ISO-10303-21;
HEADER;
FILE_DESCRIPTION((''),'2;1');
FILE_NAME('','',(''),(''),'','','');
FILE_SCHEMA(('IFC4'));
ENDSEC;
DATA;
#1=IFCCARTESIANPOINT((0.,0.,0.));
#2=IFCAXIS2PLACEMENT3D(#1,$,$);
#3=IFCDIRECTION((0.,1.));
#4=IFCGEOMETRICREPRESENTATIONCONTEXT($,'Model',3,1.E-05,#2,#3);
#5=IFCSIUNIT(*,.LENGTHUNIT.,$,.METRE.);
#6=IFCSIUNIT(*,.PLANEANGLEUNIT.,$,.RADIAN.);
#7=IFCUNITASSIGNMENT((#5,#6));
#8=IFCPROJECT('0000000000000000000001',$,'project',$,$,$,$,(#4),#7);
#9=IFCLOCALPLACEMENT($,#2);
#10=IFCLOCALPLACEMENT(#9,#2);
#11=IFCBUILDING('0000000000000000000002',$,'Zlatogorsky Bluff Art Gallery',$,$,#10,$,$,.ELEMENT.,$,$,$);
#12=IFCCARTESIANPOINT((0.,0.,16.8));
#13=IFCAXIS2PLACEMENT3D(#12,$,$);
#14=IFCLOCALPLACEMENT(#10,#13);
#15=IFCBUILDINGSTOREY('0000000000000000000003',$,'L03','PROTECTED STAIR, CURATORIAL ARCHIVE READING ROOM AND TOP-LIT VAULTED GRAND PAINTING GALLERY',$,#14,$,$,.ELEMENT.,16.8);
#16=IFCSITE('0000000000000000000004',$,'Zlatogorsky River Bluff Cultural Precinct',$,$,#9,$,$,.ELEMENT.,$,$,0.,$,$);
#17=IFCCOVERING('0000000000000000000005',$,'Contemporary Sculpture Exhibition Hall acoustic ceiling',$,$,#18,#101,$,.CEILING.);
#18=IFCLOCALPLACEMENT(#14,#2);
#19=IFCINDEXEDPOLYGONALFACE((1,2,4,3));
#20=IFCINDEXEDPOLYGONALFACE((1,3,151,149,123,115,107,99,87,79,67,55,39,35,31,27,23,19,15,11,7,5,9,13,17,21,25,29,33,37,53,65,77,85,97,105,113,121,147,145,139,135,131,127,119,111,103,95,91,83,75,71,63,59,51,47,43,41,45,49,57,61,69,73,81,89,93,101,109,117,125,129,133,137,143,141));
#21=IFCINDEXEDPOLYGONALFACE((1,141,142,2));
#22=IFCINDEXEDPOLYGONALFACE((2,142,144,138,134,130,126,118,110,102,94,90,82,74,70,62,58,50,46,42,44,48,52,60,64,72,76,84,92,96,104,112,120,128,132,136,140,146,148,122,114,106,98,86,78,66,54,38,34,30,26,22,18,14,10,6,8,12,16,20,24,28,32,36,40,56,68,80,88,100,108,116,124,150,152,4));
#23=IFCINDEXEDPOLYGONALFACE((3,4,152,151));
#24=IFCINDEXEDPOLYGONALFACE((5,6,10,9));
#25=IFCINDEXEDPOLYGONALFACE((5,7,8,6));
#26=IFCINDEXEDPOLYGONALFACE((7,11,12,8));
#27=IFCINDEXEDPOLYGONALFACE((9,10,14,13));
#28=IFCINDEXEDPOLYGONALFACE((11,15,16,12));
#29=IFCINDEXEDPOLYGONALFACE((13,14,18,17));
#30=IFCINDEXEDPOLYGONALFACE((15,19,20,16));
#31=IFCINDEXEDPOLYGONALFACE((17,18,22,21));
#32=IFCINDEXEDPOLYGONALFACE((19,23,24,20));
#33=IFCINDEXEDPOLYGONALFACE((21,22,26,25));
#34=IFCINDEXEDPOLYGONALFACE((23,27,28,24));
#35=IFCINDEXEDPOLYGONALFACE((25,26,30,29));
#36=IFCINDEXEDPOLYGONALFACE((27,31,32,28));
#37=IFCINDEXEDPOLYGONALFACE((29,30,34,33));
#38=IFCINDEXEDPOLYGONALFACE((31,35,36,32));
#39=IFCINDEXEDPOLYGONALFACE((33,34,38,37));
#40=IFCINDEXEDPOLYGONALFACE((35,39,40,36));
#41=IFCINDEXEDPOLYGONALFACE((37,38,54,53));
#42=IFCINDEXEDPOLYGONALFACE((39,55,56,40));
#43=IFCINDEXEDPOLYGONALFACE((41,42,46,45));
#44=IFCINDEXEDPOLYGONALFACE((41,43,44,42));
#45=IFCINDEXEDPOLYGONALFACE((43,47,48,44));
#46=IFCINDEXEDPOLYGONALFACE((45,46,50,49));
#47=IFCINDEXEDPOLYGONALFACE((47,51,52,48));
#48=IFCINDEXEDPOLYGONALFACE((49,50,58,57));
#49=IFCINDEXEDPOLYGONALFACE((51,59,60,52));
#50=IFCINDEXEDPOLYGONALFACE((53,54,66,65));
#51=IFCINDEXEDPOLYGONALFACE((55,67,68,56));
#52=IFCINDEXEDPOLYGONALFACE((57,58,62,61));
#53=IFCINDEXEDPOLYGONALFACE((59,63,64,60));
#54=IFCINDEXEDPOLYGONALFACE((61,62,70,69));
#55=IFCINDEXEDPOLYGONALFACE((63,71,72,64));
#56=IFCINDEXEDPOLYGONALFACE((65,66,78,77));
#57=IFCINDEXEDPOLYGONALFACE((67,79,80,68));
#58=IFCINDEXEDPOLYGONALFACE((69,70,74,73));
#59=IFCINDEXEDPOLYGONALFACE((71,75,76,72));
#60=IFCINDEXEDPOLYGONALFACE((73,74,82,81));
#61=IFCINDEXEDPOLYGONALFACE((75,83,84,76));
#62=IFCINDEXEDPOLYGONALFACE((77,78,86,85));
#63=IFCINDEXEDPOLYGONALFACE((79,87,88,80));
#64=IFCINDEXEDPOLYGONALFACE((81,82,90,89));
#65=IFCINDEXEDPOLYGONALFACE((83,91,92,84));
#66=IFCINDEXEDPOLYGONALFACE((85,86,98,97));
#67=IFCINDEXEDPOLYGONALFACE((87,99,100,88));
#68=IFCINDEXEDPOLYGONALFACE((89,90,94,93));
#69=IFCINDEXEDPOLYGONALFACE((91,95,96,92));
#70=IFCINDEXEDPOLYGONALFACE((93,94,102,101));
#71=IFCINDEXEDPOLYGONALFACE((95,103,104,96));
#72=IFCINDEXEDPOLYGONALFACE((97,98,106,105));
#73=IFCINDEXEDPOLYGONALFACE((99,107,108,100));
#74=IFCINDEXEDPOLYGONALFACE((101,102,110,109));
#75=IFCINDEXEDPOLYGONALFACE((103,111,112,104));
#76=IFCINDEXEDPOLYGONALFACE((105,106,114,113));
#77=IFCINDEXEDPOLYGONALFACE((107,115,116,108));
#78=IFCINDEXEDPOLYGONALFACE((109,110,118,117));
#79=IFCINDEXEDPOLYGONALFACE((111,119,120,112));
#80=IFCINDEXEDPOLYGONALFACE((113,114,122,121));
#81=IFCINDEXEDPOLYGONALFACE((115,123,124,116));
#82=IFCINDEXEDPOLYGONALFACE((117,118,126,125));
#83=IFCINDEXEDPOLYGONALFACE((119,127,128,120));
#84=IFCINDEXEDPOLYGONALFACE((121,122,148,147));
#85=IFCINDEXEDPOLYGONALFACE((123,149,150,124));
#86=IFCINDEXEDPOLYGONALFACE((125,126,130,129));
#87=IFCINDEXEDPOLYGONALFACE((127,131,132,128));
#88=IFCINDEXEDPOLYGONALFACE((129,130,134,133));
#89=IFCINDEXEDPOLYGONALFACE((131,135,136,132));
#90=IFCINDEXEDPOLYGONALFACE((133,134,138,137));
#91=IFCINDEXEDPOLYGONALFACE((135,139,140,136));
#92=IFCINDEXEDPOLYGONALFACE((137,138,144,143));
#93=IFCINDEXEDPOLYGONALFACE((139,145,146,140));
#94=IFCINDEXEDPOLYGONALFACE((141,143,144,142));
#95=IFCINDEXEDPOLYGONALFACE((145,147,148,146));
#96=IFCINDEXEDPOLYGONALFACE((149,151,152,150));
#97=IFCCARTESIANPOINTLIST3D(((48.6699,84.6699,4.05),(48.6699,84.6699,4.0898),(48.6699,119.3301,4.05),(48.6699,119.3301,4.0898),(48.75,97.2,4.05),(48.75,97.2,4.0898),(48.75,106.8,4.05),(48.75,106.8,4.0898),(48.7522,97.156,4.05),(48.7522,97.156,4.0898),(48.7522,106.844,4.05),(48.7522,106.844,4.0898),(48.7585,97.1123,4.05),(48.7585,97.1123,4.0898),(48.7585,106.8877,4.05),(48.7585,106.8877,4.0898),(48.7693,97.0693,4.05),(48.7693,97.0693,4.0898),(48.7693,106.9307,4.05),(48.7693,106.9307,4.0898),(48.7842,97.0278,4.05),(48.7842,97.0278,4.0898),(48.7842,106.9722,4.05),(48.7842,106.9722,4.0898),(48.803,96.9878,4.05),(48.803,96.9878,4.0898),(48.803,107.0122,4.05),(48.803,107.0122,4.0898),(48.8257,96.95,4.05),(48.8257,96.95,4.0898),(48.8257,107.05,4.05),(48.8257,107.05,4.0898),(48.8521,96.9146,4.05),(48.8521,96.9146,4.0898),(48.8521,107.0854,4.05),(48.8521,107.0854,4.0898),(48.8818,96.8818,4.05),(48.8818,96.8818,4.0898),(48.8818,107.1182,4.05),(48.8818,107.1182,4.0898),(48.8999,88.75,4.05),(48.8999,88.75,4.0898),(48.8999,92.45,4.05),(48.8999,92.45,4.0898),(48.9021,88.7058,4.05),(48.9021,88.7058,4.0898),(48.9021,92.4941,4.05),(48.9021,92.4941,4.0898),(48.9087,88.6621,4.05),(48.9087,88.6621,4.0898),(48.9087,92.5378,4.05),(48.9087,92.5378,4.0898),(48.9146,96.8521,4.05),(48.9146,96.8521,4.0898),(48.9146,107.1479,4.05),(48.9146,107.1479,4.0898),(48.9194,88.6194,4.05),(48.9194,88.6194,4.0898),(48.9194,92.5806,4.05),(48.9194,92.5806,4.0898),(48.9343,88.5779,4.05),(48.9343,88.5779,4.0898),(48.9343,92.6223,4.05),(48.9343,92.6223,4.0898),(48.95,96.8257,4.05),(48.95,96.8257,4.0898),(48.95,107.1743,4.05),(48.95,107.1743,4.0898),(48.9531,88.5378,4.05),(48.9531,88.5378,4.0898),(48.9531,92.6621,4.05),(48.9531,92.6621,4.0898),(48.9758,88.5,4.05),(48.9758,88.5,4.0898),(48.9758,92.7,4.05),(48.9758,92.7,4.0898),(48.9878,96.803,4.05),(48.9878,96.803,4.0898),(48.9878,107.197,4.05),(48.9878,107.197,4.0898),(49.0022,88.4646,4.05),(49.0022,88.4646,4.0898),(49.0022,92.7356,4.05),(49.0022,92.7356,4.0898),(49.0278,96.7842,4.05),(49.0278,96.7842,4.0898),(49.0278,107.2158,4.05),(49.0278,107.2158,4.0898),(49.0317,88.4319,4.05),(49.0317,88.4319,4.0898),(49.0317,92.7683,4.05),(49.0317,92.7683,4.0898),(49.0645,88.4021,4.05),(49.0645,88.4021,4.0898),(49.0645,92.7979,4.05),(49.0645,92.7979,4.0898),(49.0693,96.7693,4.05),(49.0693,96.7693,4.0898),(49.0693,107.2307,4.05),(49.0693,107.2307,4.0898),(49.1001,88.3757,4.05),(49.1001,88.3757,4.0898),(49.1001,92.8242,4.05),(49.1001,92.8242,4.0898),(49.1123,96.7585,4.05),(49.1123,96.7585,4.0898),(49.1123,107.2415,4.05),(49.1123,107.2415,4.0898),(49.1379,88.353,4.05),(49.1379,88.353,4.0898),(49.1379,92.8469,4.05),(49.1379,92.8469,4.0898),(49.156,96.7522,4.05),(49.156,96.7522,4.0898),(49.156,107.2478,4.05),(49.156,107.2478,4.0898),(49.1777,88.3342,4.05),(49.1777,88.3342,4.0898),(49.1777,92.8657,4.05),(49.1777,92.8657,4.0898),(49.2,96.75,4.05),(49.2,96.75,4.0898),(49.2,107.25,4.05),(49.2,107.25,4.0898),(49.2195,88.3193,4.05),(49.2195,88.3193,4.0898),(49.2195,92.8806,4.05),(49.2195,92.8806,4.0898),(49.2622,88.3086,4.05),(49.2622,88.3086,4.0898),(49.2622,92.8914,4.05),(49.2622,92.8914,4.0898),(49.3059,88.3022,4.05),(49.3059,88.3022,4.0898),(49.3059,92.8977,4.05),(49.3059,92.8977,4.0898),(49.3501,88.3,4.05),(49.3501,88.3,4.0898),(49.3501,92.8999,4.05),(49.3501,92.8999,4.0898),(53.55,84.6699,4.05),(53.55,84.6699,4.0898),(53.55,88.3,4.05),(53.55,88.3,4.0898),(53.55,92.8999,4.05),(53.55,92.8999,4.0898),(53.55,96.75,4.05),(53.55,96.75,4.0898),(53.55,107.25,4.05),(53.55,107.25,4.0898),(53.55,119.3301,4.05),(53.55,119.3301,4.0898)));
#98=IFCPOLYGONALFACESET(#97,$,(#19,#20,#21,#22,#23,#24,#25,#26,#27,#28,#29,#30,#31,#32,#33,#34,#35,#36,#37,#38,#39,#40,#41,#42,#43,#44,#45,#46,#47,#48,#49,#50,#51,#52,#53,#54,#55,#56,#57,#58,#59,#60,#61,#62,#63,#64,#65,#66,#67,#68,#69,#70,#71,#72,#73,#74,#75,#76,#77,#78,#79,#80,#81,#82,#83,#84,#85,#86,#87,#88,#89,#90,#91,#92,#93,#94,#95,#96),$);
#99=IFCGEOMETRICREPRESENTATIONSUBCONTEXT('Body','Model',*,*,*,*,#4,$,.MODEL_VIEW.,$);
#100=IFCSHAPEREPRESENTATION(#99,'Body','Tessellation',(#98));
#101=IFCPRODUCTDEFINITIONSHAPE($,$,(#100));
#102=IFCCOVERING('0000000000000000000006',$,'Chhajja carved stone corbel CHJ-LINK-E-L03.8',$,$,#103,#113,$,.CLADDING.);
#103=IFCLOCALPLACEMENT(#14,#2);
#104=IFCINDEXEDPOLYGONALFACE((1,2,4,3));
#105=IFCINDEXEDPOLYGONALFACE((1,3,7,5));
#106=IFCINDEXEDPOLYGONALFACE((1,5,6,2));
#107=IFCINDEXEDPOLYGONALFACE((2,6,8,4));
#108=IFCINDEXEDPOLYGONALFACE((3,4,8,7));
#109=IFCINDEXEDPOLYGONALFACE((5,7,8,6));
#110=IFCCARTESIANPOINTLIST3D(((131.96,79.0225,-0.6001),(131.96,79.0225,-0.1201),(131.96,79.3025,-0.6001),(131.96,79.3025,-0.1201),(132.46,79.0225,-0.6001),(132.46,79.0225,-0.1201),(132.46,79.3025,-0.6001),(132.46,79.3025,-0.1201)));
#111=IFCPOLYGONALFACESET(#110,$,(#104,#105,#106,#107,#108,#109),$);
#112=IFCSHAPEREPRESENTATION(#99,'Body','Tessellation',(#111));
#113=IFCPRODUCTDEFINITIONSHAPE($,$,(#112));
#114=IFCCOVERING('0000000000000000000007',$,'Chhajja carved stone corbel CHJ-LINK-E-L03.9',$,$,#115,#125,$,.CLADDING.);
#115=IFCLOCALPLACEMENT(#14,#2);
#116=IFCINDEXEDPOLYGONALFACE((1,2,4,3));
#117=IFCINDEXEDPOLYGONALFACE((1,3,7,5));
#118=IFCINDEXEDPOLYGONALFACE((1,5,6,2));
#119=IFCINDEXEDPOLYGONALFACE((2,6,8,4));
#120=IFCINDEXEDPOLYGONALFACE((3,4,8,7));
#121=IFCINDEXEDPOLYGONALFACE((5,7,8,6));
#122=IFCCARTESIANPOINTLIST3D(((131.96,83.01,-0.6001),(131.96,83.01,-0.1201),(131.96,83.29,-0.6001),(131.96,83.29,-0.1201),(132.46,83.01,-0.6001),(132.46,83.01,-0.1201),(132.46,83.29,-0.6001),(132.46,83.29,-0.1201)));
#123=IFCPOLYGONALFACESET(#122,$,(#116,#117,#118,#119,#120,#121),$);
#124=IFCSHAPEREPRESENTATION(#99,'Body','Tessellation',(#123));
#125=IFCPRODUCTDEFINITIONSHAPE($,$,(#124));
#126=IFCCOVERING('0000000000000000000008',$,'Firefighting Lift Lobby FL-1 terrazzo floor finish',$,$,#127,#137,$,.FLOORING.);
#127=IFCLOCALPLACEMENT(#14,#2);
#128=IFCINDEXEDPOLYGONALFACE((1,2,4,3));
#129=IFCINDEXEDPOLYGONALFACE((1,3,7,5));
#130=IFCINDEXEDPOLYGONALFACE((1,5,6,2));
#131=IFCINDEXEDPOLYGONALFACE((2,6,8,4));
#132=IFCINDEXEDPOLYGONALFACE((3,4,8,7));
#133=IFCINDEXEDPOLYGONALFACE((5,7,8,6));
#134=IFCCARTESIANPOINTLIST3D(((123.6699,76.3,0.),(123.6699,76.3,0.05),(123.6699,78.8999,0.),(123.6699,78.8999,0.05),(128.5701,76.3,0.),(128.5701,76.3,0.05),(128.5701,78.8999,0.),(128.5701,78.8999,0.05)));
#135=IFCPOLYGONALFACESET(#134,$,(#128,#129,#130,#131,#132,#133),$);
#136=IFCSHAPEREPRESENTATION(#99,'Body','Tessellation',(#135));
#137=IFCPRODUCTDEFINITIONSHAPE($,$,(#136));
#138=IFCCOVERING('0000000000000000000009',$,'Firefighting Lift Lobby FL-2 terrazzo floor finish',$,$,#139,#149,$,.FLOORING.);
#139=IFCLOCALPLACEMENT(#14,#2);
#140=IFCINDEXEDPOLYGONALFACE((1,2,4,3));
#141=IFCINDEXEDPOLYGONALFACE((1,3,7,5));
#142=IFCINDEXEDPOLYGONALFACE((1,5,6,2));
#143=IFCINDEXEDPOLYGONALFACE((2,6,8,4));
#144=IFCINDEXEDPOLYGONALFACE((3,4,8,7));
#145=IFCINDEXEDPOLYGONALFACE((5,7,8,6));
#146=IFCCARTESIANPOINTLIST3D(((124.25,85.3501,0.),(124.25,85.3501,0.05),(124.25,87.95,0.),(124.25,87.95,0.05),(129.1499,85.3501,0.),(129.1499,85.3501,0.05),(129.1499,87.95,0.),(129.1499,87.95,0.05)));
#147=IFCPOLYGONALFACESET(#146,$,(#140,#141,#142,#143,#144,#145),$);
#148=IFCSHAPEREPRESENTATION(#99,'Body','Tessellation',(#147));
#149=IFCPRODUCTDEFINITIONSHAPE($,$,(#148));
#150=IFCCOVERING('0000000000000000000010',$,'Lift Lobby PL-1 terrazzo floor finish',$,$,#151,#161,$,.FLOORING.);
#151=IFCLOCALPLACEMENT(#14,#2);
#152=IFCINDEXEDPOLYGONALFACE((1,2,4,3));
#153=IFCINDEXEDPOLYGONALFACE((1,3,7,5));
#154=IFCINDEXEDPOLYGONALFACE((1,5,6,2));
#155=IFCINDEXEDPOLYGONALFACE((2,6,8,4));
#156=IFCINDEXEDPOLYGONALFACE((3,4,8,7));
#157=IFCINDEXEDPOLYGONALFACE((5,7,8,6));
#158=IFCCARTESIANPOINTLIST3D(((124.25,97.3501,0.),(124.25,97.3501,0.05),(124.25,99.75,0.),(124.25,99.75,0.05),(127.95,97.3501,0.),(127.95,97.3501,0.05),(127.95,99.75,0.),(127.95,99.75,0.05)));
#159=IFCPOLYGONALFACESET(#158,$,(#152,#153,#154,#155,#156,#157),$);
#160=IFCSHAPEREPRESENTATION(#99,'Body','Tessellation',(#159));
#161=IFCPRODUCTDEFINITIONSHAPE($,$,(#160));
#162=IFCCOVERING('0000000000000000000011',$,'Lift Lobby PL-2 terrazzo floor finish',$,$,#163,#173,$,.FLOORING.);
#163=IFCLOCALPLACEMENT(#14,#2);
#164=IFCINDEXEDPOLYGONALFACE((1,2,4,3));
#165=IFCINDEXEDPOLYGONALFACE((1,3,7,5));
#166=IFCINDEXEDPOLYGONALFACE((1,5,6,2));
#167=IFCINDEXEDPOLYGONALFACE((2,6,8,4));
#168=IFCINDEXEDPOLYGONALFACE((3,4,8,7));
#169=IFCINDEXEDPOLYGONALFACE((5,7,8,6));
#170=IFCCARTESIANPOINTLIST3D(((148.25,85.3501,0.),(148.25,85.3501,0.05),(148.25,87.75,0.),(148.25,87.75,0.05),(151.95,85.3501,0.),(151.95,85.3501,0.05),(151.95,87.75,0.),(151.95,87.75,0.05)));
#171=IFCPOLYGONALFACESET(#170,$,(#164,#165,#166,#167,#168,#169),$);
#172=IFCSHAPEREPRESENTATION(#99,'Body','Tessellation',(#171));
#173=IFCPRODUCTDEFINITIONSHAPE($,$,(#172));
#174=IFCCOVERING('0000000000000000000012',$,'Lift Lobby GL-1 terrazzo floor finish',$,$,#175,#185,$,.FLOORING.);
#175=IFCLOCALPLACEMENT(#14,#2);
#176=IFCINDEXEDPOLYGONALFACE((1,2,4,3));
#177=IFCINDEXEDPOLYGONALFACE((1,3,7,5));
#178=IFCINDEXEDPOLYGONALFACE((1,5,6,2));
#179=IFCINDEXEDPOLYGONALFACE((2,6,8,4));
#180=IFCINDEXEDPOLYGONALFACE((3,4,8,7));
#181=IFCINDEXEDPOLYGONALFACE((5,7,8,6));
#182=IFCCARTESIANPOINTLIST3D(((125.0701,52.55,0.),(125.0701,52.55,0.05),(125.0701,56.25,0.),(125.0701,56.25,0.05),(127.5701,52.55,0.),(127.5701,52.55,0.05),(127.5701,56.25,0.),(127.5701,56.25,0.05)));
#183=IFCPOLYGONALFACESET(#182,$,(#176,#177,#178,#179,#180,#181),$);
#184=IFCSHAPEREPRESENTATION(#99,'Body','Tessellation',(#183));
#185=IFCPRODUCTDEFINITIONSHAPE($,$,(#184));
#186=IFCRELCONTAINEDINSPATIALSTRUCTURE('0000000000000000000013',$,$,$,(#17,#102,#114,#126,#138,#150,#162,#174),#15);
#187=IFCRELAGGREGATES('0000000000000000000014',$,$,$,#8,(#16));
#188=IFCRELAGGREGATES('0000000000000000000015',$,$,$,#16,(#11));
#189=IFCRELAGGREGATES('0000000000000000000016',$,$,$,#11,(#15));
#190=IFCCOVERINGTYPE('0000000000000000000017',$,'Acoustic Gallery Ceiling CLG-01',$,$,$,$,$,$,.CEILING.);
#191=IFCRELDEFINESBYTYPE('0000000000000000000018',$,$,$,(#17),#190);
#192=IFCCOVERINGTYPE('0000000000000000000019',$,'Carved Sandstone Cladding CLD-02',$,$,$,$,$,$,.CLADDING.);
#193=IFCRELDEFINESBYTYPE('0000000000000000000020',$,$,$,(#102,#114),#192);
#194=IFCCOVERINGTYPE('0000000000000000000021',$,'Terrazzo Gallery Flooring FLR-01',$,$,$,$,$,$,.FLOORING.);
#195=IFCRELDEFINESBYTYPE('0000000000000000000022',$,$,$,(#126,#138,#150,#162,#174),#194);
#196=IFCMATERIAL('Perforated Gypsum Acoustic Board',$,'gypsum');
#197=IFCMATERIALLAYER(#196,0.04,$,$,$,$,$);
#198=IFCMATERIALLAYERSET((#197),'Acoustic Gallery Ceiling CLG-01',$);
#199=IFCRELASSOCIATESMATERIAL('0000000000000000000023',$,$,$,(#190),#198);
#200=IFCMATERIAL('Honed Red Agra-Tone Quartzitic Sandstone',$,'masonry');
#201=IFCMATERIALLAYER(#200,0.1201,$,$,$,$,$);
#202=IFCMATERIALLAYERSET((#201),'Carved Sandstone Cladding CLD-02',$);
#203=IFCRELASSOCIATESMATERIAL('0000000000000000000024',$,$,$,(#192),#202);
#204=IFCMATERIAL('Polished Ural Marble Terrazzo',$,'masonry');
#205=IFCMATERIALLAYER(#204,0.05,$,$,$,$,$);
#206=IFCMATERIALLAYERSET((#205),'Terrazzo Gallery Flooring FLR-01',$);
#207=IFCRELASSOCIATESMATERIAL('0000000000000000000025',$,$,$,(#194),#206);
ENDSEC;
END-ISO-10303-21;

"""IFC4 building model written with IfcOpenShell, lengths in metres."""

from ifc_helpers import new_model, si_unit, direction, frame, origin, place, context, subcontext, project, spatial, polyline, outline, extrude, material, layer, layer_set, type_object, element, save


model = new_model("IFC4")

# Units and contexts
model_context = context("Model", 3, precision=1e-05, world=origin(), true_north=direction((0.0, 1.0)))
body_context = subcontext(model_context, "Body", "Model", "MODEL_VIEW")
ifc_project = project(units=[si_unit("LENGTHUNIT", "METRE"), si_unit("PLANEANGLEUNIT", "RADIAN")], contexts=[model_context])

# Site, building, storey
site_placement = place(None, origin())
site = spatial("IfcSite", under=ifc_project, at=site_placement, Name="Zlatogorsky River Bluff Cultural Precinct", CompositionType="ELEMENT", RefElevation=0.0)
building_placement = place(site_placement, origin())
building = spatial("IfcBuilding", under=site, at=building_placement, Name="Zlatogorsky Bluff Art Gallery", CompositionType="ELEMENT")
storey_placement = place(building_placement, frame((0.0, 0.0, 16.8)))
storey = spatial("IfcBuildingStorey", under=building, at=storey_placement, Name="L03", Description="PROTECTED STAIR, CURATORIAL ARCHIVE READING ROOM AND TOP-LIT VAULTED GRAND PAINTING GALLERY", CompositionType="ELEMENT", Elevation=16.8)

# Coverings
ifc_material_1 = material(Name="Perforated Gypsum Acoustic Board", Category="gypsum")
ifc_layer_1 = layer(ifc_material_1, 0.04)
ifc_layer_set_1 = layer_set([ifc_layer_1], Name="Acoustic Gallery Ceiling CLG-01")
covering_type_1 = type_object("IfcCoveringType", Name="Acoustic Gallery Ceiling CLG-01", PredefinedType="CEILING", material=ifc_layer_set_1)
covering_1_placement = place(storey_placement, frame((0.0, 0.0, 4.05)))
element("IfcCovering", 1, at=covering_1_placement, inside=storey, type_object=covering_type_1, Name="Contemporary Sculpture Exhibition Hall acoustic ceiling", PredefinedType="CEILING", context=body_context, shape_type="SweptSolid", body=[
    extrude(outline(polyline([(53.55, 107.25), (49.2, 107.25), (49.156, 107.2478), (49.1123, 107.2415), (49.0693, 107.2307), (49.0278, 107.2158), (48.9878, 107.197), (48.95, 107.1743), (48.9146, 107.1479), (48.8818, 107.1182), (48.8521, 107.0854), (48.8257, 107.05), (48.803, 107.0122), (48.7842, 106.9722), (48.7693, 106.9307), (48.7585, 106.8877), (48.7522, 106.844), (48.75, 106.8), (48.75, 97.2), (48.7522, 97.156), (48.7585, 97.1123), (48.7693, 97.0693), (48.7842, 97.0278), (48.803, 96.9878), (48.8257, 96.95), (48.8521, 96.9146), (48.8818, 96.8818), (48.9146, 96.8521), (48.95, 96.8257), (48.9878, 96.803), (49.0278, 96.7842), (49.0693, 96.7693), (49.1123, 96.7585), (49.156, 96.7522), (49.2, 96.75), (53.55, 96.75), (53.55, 92.8999), (49.3501, 92.8999), (49.3059, 92.8977), (49.2622, 92.8914), (49.2195, 92.8806), (49.1777, 92.8657), (49.1379, 92.8469), (49.1001, 92.8242), (49.0645, 92.7979), (49.0317, 92.7683), (49.0022, 92.7356), (48.9758, 92.7), (48.9531, 92.6621), (48.9343, 92.6223), (48.9194, 92.5806), (48.9087, 92.5378), (48.9021, 92.4941), (48.8999, 92.45), (48.8999, 88.75), (48.9021, 88.7058), (48.9087, 88.6621), (48.9194, 88.6194), (48.9343, 88.5779), (48.9531, 88.5378), (48.9758, 88.5), (49.0022, 88.4646), (49.0317, 88.4319), (49.0645, 88.4021), (49.1001, 88.3757), (49.1379, 88.353), (49.1777, 88.3342), (49.2195, 88.3193), (49.2622, 88.3086), (49.3059, 88.3022), (49.3501, 88.3), (53.55, 88.3), (53.55, 84.6699), (48.6699, 84.6699), (48.6699, 119.3301), (53.55, 119.3301), (53.55, 107.25)])), origin(), (0.0, 0.0, 1.0), 0.0398),
])
ifc_material_2 = material(Name="Honed Red Agra-Tone Quartzitic Sandstone", Category="masonry")
ifc_layer_2 = layer(ifc_material_2, 0.1201)
ifc_layer_set_2 = layer_set([ifc_layer_2], Name="Carved Sandstone Cladding CLD-02")
covering_type_2 = type_object("IfcCoveringType", Name="Carved Sandstone Cladding CLD-02", PredefinedType="CLADDING", material=ifc_layer_set_2)
covering_2_placement = place(storey_placement, frame((0.0, 0.0, -0.6001)))
element("IfcCovering", 2, at=covering_2_placement, inside=storey, type_object=covering_type_2, Name="Chhajja carved stone corbel CHJ-LINK-E-L03.8", PredefinedType="CLADDING", context=body_context, shape_type="SweptSolid", body=[
    extrude(outline(polyline([(131.96, 79.0225), (131.96, 79.3025), (132.46, 79.3025), (132.46, 79.0225), (131.96, 79.0225)])), origin(), (0.0, 0.0, 1.0), 0.48),
])
covering_3_placement = place(storey_placement, frame((0.0, 0.0, -0.6001)))
element("IfcCovering", 3, at=covering_3_placement, inside=storey, type_object=covering_type_2, Name="Chhajja carved stone corbel CHJ-LINK-E-L03.9", PredefinedType="CLADDING", context=body_context, shape_type="SweptSolid", body=[
    extrude(outline(polyline([(131.96, 83.01), (131.96, 83.29), (132.46, 83.29), (132.46, 83.01), (131.96, 83.01)])), origin(), (0.0, 0.0, 1.0), 0.48),
])
ifc_material_3 = material(Name="Polished Ural Marble Terrazzo", Category="masonry")
ifc_layer_3 = layer(ifc_material_3, 0.05)
ifc_layer_set_3 = layer_set([ifc_layer_3], Name="Terrazzo Gallery Flooring FLR-01")
covering_type_3 = type_object("IfcCoveringType", Name="Terrazzo Gallery Flooring FLR-01", PredefinedType="FLOORING", material=ifc_layer_set_3)
covering_4_placement = place(storey_placement, origin())
element("IfcCovering", 4, at=covering_4_placement, inside=storey, type_object=covering_type_3, Name="Firefighting Lift Lobby FL-1 terrazzo floor finish", PredefinedType="FLOORING", context=body_context, shape_type="SweptSolid", body=[
    extrude(outline(polyline([(128.5701, 78.8999), (128.5701, 76.3), (123.6699, 76.3), (123.6699, 78.8999), (128.5701, 78.8999)])), origin(), (0.0, 0.0, 1.0), 0.05),
])
covering_5_placement = place(storey_placement, origin())
element("IfcCovering", 5, at=covering_5_placement, inside=storey, type_object=covering_type_3, Name="Firefighting Lift Lobby FL-2 terrazzo floor finish", PredefinedType="FLOORING", context=body_context, shape_type="SweptSolid", body=[
    extrude(outline(polyline([(129.1499, 87.95), (129.1499, 85.3501), (124.25, 85.3501), (124.25, 87.95), (129.1499, 87.95)])), origin(), (0.0, 0.0, 1.0), 0.05),
])
covering_6_placement = place(storey_placement, origin())
element("IfcCovering", 6, at=covering_6_placement, inside=storey, type_object=covering_type_3, Name="Lift Lobby PL-1 terrazzo floor finish", PredefinedType="FLOORING", context=body_context, shape_type="SweptSolid", body=[
    extrude(outline(polyline([(127.95, 99.75), (127.95, 97.3501), (124.25, 97.3501), (124.25, 99.75), (127.95, 99.75)])), origin(), (0.0, 0.0, 1.0), 0.05),
])
covering_7_placement = place(storey_placement, origin())
element("IfcCovering", 7, at=covering_7_placement, inside=storey, type_object=covering_type_3, Name="Lift Lobby PL-2 terrazzo floor finish", PredefinedType="FLOORING", context=body_context, shape_type="SweptSolid", body=[
    extrude(outline(polyline([(151.95, 87.75), (151.95, 85.3501), (148.25, 85.3501), (148.25, 87.75), (151.95, 87.75)])), origin(), (0.0, 0.0, 1.0), 0.05),
])
covering_8_placement = place(storey_placement, origin())
element("IfcCovering", 8, at=covering_8_placement, inside=storey, type_object=covering_type_3, Name="Lift Lobby GL-1 terrazzo floor finish", PredefinedType="FLOORING", context=body_context, shape_type="SweptSolid", body=[
    extrude(outline(polyline([(125.0701, 52.55), (125.0701, 56.25), (127.5701, 56.25), (127.5701, 52.55), (125.0701, 52.55)])), origin(), (0.0, 0.0, 1.0), 0.05),
])

save(model, "model.ifc")
